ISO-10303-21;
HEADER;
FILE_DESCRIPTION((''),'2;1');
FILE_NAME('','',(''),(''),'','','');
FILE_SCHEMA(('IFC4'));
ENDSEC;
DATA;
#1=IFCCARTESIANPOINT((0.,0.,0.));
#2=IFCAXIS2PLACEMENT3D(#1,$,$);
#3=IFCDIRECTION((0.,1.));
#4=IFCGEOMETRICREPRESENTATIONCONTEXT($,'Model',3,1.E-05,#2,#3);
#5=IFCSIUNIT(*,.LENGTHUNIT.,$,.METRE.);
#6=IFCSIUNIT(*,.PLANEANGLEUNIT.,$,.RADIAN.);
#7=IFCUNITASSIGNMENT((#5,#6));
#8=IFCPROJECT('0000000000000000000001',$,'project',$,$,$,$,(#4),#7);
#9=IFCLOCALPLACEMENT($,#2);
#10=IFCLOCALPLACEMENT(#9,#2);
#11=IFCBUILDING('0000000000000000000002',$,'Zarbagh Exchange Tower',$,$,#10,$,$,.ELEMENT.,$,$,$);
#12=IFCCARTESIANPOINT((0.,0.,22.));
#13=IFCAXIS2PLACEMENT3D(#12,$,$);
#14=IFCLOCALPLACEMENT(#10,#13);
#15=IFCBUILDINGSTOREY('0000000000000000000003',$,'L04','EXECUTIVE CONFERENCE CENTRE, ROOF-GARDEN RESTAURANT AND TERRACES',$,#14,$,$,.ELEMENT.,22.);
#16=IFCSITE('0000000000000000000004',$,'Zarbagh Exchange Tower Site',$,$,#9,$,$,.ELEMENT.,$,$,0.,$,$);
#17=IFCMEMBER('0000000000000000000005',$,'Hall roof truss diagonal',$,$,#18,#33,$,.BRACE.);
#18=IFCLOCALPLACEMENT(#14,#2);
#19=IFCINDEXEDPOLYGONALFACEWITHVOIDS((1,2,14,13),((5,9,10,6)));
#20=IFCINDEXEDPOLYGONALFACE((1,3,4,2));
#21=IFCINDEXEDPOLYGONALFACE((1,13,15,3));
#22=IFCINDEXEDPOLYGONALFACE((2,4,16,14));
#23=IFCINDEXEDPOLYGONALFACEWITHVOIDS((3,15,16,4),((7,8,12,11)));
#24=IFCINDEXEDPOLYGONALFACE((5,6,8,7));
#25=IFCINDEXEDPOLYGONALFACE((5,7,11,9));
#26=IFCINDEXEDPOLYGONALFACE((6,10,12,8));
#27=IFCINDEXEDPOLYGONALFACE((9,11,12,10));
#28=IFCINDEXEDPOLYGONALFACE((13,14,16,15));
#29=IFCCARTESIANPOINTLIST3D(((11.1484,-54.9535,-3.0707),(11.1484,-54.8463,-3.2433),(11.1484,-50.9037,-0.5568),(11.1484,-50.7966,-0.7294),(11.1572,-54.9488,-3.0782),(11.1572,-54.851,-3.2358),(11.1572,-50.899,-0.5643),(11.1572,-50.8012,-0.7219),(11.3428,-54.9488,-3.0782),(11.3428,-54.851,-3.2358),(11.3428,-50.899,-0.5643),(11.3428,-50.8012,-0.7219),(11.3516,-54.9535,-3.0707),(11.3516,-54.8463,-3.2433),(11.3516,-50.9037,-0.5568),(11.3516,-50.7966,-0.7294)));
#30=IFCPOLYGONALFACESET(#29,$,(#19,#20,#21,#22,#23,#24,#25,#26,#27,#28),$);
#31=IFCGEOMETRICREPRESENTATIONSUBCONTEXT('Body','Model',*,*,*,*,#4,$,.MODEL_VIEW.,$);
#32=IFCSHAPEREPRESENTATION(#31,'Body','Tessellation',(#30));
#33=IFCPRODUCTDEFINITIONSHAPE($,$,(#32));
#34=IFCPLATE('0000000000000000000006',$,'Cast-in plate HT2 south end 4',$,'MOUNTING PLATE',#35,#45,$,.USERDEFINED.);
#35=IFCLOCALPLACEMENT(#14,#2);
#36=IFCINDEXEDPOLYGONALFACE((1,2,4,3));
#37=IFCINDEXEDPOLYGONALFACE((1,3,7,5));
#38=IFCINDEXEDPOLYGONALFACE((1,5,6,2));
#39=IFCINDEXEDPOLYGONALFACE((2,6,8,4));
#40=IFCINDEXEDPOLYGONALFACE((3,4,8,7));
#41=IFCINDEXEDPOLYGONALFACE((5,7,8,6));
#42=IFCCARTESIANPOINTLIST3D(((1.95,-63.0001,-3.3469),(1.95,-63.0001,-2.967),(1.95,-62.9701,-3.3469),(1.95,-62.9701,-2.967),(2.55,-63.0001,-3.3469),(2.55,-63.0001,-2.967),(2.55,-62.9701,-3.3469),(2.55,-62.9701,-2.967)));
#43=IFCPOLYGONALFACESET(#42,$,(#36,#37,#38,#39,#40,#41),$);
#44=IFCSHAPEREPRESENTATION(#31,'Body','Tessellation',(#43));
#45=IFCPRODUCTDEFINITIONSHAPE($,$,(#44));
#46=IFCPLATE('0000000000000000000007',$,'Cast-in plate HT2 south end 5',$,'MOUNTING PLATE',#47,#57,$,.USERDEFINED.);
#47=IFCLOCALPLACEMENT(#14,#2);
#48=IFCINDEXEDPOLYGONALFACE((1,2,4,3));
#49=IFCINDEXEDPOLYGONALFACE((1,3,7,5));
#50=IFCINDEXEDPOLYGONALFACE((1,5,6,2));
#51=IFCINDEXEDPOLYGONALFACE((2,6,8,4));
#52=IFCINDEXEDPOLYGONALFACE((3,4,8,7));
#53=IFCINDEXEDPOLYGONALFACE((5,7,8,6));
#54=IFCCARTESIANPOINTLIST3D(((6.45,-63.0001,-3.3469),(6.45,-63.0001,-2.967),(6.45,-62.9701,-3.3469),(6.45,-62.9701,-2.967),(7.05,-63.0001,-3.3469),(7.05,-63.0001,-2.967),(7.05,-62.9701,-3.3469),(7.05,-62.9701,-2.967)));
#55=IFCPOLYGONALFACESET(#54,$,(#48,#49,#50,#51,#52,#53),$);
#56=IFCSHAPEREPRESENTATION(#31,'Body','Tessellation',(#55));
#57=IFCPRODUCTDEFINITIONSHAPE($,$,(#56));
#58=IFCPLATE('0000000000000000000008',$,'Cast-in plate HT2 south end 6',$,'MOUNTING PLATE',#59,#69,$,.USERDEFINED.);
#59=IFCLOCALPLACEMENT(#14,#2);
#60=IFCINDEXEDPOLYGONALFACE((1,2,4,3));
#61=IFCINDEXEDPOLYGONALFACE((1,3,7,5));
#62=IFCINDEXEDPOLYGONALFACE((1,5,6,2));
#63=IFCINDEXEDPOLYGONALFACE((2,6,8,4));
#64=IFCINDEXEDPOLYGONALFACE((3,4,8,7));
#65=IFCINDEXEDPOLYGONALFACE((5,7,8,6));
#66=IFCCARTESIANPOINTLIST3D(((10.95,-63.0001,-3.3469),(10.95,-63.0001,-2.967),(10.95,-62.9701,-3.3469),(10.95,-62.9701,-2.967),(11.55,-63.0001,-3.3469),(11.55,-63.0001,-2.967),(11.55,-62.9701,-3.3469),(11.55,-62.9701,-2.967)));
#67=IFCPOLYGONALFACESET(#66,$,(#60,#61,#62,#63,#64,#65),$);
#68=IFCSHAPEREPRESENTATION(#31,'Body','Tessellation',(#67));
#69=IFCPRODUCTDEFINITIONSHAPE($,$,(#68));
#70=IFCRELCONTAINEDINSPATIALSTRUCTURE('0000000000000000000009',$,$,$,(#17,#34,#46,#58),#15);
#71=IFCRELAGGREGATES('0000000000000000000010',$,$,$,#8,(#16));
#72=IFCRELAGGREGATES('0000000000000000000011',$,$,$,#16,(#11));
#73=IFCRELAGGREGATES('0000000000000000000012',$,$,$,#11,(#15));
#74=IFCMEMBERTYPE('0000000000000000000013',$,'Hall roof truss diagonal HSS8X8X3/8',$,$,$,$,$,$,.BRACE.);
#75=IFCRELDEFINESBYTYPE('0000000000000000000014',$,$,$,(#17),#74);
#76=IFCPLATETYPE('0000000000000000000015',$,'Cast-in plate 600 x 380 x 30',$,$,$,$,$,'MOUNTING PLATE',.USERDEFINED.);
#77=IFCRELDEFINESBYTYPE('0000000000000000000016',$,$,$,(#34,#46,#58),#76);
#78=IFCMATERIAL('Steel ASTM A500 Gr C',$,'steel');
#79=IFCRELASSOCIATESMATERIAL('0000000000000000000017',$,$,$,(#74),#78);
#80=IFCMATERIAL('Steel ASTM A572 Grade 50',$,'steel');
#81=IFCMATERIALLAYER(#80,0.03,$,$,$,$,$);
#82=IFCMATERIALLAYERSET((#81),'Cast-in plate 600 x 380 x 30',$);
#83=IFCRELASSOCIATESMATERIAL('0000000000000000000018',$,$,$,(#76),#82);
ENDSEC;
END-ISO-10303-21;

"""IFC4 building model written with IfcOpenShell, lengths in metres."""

from ifc_helpers import new_model, si_unit, direction, frame, origin, origin_2d, place, context, subcontext, project, spatial, rectangle, hollow_rectangle, extrude, material, layer, layer_set, material_profile, profile_set, type_object, element, save


model = new_model("IFC4")

# Units and contexts
model_context = context("Model", 3, precision=1e-05, world=origin(), true_north=direction((0.0, 1.0)))
body_context = subcontext(model_context, "Body", "Model", "MODEL_VIEW")
ifc_project = project(units=[si_unit("LENGTHUNIT", "METRE"), si_unit("PLANEANGLEUNIT", "RADIAN")], contexts=[model_context])

# Site, building, storey
site_placement = place(None, origin())
site = spatial("IfcSite", under=ifc_project, at=site_placement, Name="Zarbagh Exchange Tower Site", CompositionType="ELEMENT", RefElevation=0.0)
building_placement = place(site_placement, origin())
building = spatial("IfcBuilding", under=site, at=building_placement, Name="Zarbagh Exchange Tower", CompositionType="ELEMENT")
storey_placement = place(building_placement, frame((0.0, 0.0, 22.0)))
storey = spatial("IfcBuildingStorey", under=building, at=storey_placement, Name="L04", Description="EXECUTIVE CONFERENCE CENTRE, ROOF-GARDEN RESTAURANT AND TERRACES", CompositionType="ELEMENT", Elevation=22.0)

# Member
ifc_material_1 = material(Name="Steel ASTM A500 Gr C", Category="steel")
ifc_material_profile_1 = material_profile(ifc_material_1, hollow_rectangle(XDim=0.2031, YDim=0.2031, WallThickness=0.0088, at=origin_2d()), Name="HSS8X8X3/8")
ifc_profile_set_1 = profile_set([ifc_material_profile_1], Name="Steel ASTM A500 Gr C")
member_type_1 = type_object("IfcMemberType", Name="Hall roof truss diagonal HSS8X8X3/8", PredefinedType="BRACE", material=ifc_profile_set_1)
member_1_placement = place(storey_placement, frame((11.25, -54.8999, -3.157), z_axis=(0.0, 0.849617, 0.5274), x_axis=(-1.0, 0.0, 0.0)))
element("IfcMember", 1, at=member_1_placement, inside=storey, type_object=member_type_1, Name="Hall roof truss diagonal", PredefinedType="BRACE", context=body_context, shape_type="SweptSolid", body=[
    extrude(hollow_rectangle(XDim=0.2031, YDim=0.2031, WallThickness=0.0088, at=origin_2d()), origin(), (0.0, 0.0, 1.0), 4.7666),
])

# Plates
ifc_material_2 = material(Name="Steel ASTM A572 Grade 50", Category="steel")
ifc_layer = layer(ifc_material_2, 0.03)
ifc_layer_set = layer_set([ifc_layer], Name="Cast-in plate 600 x 380 x 30")
plate_type = type_object("IfcPlateType", Name="Cast-in plate 600 x 380 x 30", ElementType="MOUNTING PLATE", PredefinedType="USERDEFINED", material=ifc_layer_set)
for number, where, z_axis, x_axis, name in (
    (2, (2.25, -62.9851, -3.3469), (0.0, 0.0, 1.0), (1.0, 0.0, 0.0), "Cast-in plate HT2 south end 4"),
    (3, (6.75, -62.9851, -3.3469), (0.0, 0.0, 1.0), (1.0, 0.0, 0.0), "Cast-in plate HT2 south end 5"),
    (4, (11.25, -62.9851, -3.3469), (0.0, 0.0, 1.0), (1.0, 0.0, 0.0), "Cast-in plate HT2 south end 6"),
):
    element("IfcPlate", number, at=place(storey_placement, frame(where, z_axis=z_axis, x_axis=x_axis)), inside=storey, type_object=plate_type, Name=name, ObjectType="MOUNTING PLATE", PredefinedType="USERDEFINED", context=body_context, shape_type="SweptSolid", body=[
        extrude(rectangle(XDim=0.6001, YDim=0.03, at=origin_2d()), origin(), (0.0, 0.0, 1.0), 0.3799),
    ])

save(model, "model.ifc")
